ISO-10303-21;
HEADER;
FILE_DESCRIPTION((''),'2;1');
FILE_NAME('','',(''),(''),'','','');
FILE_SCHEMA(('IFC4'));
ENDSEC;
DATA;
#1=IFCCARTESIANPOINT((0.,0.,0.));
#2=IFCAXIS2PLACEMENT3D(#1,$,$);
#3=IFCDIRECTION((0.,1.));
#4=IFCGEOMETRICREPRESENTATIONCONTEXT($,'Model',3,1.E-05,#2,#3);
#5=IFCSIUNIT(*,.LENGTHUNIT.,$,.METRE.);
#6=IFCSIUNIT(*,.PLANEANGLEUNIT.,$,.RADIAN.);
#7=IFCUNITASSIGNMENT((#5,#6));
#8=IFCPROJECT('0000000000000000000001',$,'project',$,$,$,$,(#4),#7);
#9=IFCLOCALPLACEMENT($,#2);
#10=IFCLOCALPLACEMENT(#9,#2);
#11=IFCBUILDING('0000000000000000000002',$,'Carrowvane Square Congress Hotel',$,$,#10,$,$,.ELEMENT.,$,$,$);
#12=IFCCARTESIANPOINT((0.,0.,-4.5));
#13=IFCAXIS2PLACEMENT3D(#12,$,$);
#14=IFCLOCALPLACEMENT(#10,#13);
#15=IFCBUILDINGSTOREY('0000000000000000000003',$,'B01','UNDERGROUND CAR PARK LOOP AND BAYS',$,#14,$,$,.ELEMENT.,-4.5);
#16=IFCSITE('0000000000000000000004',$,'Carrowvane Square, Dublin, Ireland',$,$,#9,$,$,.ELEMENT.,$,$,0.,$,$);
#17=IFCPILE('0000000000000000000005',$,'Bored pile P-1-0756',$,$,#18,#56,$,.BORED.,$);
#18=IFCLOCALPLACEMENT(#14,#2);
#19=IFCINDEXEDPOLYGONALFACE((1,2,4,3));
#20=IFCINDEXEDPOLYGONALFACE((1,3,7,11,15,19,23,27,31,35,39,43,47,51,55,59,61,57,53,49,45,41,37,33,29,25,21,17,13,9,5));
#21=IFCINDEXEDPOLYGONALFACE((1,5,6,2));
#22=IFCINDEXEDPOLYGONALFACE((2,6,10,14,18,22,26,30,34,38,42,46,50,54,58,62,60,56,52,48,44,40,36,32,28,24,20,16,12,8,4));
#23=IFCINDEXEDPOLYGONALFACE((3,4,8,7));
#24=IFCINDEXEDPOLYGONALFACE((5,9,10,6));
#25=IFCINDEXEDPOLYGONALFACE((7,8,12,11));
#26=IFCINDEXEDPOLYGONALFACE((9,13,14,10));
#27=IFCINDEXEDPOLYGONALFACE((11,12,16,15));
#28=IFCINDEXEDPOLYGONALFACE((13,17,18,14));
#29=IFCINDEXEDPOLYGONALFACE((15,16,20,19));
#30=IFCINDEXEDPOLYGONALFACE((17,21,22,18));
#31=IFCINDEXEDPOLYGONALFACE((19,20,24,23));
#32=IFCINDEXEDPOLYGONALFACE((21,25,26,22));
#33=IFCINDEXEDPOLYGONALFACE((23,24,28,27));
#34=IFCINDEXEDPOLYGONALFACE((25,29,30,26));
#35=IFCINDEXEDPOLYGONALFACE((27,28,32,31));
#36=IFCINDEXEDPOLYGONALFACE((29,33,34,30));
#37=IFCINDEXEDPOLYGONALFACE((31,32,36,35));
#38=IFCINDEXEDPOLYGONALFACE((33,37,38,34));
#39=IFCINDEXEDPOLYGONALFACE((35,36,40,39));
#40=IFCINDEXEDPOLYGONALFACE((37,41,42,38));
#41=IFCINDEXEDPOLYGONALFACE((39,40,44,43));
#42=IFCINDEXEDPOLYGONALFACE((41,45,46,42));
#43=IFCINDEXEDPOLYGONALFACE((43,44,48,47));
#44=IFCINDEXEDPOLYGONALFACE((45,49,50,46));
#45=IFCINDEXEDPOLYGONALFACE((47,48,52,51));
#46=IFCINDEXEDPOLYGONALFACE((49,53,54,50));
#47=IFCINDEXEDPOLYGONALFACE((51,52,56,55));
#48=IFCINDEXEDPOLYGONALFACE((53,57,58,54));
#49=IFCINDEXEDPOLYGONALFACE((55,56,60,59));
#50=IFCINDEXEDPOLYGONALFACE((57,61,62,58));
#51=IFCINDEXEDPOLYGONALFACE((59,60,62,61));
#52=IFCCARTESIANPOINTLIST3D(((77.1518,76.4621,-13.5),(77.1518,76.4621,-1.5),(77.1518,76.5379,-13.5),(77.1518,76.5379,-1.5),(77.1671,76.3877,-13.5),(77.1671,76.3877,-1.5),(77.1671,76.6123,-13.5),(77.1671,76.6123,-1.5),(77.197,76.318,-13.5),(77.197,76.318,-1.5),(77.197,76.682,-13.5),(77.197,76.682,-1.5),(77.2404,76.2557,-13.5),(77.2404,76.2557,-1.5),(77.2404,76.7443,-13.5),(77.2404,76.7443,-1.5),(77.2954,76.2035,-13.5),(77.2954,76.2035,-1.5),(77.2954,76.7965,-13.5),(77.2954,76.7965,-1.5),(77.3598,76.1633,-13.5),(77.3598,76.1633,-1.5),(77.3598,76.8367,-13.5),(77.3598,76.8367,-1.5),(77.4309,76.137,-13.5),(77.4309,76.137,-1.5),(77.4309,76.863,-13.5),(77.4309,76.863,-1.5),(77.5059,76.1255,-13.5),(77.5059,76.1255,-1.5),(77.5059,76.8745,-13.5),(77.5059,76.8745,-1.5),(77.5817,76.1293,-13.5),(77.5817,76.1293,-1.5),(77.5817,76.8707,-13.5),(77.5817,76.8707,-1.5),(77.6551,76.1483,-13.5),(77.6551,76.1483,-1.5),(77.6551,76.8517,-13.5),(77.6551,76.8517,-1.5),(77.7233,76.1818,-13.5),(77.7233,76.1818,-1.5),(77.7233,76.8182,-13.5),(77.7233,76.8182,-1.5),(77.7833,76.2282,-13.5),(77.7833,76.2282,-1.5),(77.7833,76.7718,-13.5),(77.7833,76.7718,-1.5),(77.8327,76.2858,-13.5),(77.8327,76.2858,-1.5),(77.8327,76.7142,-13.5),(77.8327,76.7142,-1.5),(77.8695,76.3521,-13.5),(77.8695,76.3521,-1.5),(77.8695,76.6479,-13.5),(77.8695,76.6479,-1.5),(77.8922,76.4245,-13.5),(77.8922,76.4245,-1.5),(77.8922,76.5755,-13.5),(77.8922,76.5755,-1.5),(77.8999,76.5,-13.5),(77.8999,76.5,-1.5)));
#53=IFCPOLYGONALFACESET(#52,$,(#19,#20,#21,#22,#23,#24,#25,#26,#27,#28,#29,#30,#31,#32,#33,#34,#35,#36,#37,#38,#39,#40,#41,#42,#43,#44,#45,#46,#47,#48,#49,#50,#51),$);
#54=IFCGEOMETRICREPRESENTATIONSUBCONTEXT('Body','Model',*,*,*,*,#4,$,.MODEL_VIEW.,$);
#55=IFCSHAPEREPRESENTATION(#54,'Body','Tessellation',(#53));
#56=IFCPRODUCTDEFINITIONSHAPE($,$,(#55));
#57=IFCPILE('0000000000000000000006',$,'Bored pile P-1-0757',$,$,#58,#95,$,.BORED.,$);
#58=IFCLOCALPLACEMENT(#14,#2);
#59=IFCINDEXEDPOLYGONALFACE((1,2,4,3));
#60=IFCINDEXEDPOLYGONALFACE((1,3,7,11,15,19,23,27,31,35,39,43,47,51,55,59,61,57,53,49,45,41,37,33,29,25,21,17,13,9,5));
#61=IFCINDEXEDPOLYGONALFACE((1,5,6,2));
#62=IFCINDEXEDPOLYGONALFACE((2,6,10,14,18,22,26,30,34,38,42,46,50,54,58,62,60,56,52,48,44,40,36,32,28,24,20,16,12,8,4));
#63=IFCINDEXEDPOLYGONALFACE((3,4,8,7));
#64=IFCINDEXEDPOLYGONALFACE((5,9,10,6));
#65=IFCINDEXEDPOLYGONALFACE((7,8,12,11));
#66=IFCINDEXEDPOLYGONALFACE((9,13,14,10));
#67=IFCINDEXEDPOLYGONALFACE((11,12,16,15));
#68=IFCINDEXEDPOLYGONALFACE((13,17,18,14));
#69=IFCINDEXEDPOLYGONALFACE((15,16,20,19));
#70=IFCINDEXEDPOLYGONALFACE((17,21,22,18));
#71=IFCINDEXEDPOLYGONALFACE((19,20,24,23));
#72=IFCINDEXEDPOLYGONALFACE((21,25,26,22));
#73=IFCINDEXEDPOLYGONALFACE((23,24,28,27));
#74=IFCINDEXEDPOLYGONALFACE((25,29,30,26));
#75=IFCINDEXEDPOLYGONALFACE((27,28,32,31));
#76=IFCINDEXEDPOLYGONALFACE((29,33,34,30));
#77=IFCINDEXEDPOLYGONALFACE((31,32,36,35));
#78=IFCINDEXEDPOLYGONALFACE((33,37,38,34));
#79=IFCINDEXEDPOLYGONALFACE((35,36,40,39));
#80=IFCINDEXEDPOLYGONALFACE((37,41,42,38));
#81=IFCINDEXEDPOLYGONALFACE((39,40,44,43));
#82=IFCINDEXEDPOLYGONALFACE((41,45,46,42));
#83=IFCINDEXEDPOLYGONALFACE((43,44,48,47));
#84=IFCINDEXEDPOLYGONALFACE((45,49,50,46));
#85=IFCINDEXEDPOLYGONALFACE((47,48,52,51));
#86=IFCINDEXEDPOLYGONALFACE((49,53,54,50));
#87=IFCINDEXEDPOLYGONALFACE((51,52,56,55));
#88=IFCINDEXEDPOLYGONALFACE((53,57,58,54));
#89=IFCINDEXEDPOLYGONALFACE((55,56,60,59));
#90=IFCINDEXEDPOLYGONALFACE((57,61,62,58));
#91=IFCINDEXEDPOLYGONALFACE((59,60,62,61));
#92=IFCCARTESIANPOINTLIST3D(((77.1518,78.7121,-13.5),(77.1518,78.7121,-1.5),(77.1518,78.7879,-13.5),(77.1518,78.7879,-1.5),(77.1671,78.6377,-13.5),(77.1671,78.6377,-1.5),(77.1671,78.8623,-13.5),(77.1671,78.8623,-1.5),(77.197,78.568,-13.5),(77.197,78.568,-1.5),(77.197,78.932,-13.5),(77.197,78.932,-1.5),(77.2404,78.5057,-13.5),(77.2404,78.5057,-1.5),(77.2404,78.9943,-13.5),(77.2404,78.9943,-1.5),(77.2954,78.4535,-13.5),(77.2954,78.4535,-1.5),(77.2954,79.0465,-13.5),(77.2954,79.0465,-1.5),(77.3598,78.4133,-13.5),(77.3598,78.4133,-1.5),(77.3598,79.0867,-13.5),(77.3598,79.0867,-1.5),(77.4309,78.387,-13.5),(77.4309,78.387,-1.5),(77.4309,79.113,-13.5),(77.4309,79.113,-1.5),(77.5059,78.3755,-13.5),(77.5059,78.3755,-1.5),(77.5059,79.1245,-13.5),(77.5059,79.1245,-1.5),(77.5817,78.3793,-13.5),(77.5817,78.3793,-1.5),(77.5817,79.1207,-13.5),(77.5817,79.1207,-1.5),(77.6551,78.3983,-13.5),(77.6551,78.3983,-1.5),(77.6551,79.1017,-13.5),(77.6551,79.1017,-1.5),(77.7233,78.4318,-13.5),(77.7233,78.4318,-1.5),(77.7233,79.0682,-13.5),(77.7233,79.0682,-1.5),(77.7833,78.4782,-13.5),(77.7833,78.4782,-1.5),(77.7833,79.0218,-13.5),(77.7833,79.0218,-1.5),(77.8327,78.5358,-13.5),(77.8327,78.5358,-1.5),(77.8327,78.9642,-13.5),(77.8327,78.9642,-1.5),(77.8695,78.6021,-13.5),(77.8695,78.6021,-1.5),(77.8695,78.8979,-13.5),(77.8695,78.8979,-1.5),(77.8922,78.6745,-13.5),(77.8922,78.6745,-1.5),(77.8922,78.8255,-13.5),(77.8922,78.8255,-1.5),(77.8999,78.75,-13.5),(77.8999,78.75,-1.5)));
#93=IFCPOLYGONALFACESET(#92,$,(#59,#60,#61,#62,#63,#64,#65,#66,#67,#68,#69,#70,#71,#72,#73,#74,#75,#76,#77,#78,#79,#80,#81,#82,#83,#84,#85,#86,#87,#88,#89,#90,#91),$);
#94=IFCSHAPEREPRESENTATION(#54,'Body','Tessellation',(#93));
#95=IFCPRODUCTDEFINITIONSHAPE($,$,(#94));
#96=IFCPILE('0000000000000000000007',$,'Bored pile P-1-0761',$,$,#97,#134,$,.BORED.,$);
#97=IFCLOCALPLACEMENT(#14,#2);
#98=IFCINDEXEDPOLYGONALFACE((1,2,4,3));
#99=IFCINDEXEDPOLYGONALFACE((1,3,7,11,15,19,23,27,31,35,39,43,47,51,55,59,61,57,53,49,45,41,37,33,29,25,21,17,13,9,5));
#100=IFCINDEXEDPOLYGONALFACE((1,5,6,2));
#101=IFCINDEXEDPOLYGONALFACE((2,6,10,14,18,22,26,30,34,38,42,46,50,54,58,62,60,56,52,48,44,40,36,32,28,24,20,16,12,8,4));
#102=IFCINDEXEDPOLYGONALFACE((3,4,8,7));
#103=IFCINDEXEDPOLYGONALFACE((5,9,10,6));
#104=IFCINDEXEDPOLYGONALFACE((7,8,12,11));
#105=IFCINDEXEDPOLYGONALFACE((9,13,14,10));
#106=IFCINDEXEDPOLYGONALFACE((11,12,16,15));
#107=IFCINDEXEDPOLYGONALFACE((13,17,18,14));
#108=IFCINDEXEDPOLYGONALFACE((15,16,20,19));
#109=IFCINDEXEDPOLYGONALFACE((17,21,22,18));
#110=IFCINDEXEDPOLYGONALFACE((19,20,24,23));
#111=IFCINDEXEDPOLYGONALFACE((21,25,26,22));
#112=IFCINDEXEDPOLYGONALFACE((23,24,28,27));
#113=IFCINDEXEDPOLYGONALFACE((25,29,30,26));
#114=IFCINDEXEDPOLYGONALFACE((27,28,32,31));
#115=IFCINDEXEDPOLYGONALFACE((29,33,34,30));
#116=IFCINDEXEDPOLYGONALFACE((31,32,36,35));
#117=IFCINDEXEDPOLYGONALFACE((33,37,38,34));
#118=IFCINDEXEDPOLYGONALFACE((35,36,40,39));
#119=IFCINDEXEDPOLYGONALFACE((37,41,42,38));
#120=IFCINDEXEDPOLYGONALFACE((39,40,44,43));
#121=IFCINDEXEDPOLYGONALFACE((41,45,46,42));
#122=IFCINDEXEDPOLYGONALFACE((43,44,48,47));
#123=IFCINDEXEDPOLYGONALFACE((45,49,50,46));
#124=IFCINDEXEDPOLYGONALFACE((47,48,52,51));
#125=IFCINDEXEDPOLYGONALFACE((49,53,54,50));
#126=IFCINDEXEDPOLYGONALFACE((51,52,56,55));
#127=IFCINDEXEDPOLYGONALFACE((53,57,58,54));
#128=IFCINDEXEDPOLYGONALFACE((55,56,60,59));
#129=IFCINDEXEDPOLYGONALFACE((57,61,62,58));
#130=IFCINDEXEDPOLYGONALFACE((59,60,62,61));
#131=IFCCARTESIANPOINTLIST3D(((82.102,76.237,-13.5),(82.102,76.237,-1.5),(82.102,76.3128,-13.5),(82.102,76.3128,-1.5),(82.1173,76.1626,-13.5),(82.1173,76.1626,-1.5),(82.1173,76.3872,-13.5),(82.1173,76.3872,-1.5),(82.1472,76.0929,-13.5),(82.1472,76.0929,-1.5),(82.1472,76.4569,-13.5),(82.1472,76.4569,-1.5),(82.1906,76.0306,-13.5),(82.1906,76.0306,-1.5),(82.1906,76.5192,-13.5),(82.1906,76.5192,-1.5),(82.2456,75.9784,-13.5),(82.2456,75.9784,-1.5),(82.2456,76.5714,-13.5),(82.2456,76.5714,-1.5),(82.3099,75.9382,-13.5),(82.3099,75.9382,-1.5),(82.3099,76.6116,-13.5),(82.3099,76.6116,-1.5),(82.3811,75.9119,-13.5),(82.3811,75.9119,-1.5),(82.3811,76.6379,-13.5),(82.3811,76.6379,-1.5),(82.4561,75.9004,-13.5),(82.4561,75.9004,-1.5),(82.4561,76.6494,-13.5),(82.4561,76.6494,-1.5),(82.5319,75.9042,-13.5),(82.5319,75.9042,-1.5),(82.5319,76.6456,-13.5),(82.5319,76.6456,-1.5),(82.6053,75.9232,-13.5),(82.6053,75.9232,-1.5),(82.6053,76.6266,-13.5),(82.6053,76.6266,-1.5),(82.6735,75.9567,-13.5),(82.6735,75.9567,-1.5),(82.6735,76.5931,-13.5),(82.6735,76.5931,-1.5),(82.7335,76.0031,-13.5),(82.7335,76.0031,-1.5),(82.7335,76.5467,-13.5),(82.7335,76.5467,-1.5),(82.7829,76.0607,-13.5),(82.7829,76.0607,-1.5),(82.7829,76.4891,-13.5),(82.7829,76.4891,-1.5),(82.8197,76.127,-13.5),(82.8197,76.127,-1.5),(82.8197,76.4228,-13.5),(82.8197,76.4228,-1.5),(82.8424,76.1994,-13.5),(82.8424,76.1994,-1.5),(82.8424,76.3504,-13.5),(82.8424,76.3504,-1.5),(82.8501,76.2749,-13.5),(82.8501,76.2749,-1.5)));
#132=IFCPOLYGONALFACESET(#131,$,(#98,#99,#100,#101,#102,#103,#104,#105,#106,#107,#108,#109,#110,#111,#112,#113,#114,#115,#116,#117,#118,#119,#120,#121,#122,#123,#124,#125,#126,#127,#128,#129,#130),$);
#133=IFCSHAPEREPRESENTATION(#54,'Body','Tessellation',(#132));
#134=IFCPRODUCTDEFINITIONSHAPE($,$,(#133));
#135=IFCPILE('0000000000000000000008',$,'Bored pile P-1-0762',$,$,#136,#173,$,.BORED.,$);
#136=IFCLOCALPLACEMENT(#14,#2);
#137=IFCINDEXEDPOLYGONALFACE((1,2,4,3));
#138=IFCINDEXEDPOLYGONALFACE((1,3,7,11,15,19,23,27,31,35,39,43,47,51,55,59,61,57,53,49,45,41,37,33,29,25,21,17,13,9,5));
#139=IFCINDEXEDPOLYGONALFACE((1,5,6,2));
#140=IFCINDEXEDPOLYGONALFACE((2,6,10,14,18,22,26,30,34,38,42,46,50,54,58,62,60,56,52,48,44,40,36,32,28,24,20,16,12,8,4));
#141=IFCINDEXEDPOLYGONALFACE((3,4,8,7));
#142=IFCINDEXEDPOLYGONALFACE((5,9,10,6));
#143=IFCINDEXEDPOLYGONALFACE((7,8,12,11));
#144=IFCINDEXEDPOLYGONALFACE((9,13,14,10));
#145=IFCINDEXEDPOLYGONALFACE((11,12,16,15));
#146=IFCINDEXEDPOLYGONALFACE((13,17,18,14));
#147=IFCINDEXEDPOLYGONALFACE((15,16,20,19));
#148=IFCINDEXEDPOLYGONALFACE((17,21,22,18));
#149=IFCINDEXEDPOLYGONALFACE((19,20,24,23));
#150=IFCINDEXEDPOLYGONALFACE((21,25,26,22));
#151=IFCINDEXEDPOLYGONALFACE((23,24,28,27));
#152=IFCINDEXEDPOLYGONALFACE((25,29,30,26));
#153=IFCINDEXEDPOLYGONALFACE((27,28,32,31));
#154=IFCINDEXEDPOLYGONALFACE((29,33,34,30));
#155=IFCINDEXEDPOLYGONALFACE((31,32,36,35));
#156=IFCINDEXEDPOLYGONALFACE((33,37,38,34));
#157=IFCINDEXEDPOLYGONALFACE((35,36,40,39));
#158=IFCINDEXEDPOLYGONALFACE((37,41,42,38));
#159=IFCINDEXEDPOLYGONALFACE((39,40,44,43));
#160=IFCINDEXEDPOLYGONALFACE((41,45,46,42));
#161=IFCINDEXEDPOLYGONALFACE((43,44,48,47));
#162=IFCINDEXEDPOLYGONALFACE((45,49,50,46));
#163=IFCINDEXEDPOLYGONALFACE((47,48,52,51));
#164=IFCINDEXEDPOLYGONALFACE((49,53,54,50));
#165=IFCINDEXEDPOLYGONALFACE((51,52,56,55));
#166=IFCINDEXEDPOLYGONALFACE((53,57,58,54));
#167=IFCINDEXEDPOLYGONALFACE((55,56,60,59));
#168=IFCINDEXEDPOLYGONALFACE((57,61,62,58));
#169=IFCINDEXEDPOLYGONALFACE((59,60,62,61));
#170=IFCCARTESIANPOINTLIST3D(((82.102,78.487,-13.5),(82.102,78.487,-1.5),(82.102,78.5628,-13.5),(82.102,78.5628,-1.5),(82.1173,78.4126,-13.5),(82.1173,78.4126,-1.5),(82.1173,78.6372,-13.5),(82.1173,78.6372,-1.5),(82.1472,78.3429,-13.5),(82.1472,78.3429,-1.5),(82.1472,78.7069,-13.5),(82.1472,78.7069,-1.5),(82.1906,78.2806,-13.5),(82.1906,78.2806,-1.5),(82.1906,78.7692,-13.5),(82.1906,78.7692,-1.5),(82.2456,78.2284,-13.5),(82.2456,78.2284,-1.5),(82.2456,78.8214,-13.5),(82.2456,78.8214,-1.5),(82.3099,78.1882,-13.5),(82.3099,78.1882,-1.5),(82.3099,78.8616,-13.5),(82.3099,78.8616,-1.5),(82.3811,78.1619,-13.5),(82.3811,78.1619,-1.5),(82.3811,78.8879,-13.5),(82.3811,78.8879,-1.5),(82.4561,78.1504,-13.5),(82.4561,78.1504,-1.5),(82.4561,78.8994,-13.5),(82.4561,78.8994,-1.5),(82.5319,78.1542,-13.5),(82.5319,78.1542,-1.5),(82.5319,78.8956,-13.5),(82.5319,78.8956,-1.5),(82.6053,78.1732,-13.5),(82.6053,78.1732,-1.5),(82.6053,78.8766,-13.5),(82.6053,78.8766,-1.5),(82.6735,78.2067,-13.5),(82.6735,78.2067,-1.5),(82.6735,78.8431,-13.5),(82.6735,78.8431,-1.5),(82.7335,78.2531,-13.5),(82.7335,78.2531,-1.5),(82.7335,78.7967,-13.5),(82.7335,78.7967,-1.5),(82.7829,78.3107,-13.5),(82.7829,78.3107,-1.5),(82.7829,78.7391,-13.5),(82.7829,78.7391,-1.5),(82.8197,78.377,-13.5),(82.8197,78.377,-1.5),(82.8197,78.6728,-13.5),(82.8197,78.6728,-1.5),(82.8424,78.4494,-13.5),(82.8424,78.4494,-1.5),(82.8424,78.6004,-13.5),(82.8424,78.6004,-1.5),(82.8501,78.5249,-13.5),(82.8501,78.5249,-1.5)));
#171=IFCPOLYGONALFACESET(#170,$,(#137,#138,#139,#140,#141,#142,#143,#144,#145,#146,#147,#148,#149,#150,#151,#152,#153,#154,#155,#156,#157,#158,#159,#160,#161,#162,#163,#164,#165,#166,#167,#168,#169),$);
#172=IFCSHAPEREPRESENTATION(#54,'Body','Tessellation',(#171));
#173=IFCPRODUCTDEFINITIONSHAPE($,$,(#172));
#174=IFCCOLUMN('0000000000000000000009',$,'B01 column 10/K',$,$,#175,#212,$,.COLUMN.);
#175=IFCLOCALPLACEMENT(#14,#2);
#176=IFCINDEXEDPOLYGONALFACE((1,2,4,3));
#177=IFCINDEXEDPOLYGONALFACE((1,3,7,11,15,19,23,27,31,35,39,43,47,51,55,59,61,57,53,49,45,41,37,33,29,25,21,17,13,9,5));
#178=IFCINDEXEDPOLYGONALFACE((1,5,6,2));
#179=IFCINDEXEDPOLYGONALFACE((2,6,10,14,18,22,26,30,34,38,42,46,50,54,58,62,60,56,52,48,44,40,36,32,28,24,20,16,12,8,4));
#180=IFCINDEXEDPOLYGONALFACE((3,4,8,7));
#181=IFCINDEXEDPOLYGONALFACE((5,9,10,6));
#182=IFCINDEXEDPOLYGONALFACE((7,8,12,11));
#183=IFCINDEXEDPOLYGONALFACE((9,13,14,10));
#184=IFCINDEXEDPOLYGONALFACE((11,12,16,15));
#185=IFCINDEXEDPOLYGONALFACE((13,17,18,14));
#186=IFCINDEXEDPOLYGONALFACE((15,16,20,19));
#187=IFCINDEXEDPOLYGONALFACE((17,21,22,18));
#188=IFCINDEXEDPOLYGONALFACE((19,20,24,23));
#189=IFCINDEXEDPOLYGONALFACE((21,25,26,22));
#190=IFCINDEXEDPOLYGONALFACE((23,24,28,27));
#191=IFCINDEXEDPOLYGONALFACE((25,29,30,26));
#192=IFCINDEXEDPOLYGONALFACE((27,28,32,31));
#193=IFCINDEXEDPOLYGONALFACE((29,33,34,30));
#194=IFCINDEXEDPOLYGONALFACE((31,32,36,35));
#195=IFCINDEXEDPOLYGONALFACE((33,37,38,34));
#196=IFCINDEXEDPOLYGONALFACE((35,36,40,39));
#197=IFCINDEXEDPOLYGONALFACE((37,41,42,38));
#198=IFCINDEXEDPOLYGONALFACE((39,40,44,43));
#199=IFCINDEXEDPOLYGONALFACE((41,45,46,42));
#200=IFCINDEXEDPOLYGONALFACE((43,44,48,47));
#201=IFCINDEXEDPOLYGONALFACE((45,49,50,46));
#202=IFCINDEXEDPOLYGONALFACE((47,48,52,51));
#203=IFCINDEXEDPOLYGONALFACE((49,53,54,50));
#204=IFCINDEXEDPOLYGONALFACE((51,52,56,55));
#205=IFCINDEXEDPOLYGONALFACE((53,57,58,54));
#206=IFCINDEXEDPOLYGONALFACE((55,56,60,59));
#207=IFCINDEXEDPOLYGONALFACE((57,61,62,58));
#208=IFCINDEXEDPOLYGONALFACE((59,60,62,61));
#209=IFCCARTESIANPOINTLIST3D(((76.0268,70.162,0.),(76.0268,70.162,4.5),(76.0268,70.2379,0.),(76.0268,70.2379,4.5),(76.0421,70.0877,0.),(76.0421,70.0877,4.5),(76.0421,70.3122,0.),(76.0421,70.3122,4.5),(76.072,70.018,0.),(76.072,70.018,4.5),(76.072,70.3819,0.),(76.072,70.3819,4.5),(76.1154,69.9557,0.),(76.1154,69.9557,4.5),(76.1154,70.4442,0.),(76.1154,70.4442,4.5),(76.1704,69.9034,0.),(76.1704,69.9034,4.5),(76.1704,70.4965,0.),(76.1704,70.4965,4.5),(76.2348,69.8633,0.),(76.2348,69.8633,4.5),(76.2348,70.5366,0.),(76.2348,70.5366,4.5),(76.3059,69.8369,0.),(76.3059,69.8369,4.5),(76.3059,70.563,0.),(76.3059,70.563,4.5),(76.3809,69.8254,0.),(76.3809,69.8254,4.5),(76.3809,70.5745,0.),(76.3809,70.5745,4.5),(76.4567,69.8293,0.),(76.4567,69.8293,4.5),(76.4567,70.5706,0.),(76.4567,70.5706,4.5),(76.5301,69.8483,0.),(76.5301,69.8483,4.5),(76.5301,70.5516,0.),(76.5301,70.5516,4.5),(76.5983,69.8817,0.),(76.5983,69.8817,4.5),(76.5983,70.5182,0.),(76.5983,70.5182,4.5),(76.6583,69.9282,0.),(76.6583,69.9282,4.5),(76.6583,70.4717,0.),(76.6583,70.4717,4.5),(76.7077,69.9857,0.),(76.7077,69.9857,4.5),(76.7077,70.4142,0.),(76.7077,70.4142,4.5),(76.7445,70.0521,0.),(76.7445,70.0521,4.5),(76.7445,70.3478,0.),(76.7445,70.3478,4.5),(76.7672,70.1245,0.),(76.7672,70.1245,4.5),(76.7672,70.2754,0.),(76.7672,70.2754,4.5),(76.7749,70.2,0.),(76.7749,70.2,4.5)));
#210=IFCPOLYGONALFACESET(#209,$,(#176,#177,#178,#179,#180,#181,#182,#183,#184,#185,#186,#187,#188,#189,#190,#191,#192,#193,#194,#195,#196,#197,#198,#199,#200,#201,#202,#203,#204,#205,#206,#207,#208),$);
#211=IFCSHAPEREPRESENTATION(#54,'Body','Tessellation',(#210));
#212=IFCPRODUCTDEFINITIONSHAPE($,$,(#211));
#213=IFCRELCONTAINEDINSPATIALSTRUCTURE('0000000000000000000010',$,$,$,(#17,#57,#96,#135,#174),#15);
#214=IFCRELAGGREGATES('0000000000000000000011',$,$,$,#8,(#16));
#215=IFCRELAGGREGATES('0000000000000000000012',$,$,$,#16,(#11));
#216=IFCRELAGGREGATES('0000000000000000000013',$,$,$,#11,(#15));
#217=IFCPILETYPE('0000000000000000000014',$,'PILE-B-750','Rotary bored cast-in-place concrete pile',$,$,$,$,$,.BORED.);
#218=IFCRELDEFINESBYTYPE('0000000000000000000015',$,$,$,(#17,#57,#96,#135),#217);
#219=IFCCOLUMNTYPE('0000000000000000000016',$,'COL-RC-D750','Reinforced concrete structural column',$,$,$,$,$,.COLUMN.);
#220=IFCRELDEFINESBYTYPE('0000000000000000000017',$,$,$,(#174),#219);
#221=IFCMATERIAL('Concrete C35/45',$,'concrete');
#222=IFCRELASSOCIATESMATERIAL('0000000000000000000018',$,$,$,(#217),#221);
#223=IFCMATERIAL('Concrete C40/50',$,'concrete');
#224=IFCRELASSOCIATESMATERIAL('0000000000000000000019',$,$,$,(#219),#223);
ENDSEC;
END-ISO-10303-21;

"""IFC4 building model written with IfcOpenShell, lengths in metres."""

from ifc_helpers import new_model, si_unit, direction, frame, origin, origin_2d, place, context, subcontext, project, spatial, circle, extrude, material, material_profile, profile_set, type_object, element, save


model = new_model("IFC4")

# Units and contexts
model_context = context("Model", 3, precision=1e-05, world=origin(), true_north=direction((0.0, 1.0)))
body_context = subcontext(model_context, "Body", "Model", "MODEL_VIEW")
ifc_project = project(units=[si_unit("LENGTHUNIT", "METRE"), si_unit("PLANEANGLEUNIT", "RADIAN")], contexts=[model_context])

# Site, building, storey
site_placement = place(None, origin())
site = spatial("IfcSite", under=ifc_project, at=site_placement, Name="Carrowvane Square, Dublin, Ireland", CompositionType="ELEMENT", RefElevation=0.0)
building_placement = place(site_placement, origin())
building = spatial("IfcBuilding", under=site, at=building_placement, Name="Carrowvane Square Congress Hotel", CompositionType="ELEMENT")
storey_placement = place(building_placement, frame((0.0, 0.0, -4.5)))
storey = spatial("IfcBuildingStorey", under=building, at=storey_placement, Name="B01", Description="UNDERGROUND CAR PARK LOOP AND BAYS", CompositionType="ELEMENT", Elevation=-4.5)

# Piles
ifc_material_1 = material(Name="Concrete C35/45", Category="concrete")
ifc_material_profile_1 = material_profile(ifc_material_1, circle(Radius=0.375, at=origin_2d()), Name="PILE D750")
ifc_profile_set_1 = profile_set([ifc_material_profile_1], Name="Concrete C35/45")
pile_type = type_object("IfcPileType", Name="PILE-B-750", Description="Rotary bored cast-in-place concrete pile", PredefinedType="BORED", material=ifc_profile_set_1)
for number, where, z_axis, x_axis, name in (
    (1, (77.5249, 76.5, -1.5), (0.0, 0.0, -1.0), (1.0, 0.0, 0.0), "Bored pile P-1-0756"),
    (2, (77.5249, 78.75, -1.5), (0.0, 0.0, -1.0), (1.0, 0.0, 0.0), "Bored pile P-1-0757"),
    (3, (82.4751, 76.2749, -1.5), (0.0, 0.0, -1.0), (1.0, 0.0, 0.0), "Bored pile P-1-0761"),
    (4, (82.4751, 78.5249, -1.5), (0.0, 0.0, -1.0), (1.0, 0.0, 0.0), "Bored pile P-1-0762"),
):
    element("IfcPile", number, at=place(storey_placement, frame(where, z_axis=z_axis, x_axis=x_axis)), inside=storey, type_object=pile_type, Name=name, PredefinedType="BORED", context=body_context, shape_type="SweptSolid", body=[
        extrude(circle(Radius=0.375, at=origin_2d()), origin(), (0.0, 0.0, 1.0), 12.0),
    ])

# Column
ifc_material_2 = material(Name="Concrete C40/50", Category="concrete")
ifc_material_profile_2 = material_profile(ifc_material_2, circle(Radius=0.375, at=origin_2d()), Name="RC D750")
ifc_profile_set_2 = profile_set([ifc_material_profile_2], Name="Concrete C40/50")
column_type_1 = type_object("IfcColumnType", Name="COL-RC-D750", Description="Reinforced concrete structural column", PredefinedType="COLUMN", material=ifc_profile_set_2)
for number, where, z_axis, x_axis, name in (
    (5, (76.3999, 70.2, 0.0), (0.0, 0.0, 1.0), (1.0, 0.0, 0.0), "B01 column 10/K"),
):
    element("IfcColumn", number, at=place(storey_placement, frame(where, z_axis=z_axis, x_axis=x_axis)), inside=storey, type_object=column_type_1, Name=name, PredefinedType="COLUMN", context=body_context, shape_type="SweptSolid", body=[
        extrude(circle(Radius=0.375, at=origin_2d()), origin(), (0.0, 0.0, 1.0), 4.5),
    ])

save(model, "model.ifc")
